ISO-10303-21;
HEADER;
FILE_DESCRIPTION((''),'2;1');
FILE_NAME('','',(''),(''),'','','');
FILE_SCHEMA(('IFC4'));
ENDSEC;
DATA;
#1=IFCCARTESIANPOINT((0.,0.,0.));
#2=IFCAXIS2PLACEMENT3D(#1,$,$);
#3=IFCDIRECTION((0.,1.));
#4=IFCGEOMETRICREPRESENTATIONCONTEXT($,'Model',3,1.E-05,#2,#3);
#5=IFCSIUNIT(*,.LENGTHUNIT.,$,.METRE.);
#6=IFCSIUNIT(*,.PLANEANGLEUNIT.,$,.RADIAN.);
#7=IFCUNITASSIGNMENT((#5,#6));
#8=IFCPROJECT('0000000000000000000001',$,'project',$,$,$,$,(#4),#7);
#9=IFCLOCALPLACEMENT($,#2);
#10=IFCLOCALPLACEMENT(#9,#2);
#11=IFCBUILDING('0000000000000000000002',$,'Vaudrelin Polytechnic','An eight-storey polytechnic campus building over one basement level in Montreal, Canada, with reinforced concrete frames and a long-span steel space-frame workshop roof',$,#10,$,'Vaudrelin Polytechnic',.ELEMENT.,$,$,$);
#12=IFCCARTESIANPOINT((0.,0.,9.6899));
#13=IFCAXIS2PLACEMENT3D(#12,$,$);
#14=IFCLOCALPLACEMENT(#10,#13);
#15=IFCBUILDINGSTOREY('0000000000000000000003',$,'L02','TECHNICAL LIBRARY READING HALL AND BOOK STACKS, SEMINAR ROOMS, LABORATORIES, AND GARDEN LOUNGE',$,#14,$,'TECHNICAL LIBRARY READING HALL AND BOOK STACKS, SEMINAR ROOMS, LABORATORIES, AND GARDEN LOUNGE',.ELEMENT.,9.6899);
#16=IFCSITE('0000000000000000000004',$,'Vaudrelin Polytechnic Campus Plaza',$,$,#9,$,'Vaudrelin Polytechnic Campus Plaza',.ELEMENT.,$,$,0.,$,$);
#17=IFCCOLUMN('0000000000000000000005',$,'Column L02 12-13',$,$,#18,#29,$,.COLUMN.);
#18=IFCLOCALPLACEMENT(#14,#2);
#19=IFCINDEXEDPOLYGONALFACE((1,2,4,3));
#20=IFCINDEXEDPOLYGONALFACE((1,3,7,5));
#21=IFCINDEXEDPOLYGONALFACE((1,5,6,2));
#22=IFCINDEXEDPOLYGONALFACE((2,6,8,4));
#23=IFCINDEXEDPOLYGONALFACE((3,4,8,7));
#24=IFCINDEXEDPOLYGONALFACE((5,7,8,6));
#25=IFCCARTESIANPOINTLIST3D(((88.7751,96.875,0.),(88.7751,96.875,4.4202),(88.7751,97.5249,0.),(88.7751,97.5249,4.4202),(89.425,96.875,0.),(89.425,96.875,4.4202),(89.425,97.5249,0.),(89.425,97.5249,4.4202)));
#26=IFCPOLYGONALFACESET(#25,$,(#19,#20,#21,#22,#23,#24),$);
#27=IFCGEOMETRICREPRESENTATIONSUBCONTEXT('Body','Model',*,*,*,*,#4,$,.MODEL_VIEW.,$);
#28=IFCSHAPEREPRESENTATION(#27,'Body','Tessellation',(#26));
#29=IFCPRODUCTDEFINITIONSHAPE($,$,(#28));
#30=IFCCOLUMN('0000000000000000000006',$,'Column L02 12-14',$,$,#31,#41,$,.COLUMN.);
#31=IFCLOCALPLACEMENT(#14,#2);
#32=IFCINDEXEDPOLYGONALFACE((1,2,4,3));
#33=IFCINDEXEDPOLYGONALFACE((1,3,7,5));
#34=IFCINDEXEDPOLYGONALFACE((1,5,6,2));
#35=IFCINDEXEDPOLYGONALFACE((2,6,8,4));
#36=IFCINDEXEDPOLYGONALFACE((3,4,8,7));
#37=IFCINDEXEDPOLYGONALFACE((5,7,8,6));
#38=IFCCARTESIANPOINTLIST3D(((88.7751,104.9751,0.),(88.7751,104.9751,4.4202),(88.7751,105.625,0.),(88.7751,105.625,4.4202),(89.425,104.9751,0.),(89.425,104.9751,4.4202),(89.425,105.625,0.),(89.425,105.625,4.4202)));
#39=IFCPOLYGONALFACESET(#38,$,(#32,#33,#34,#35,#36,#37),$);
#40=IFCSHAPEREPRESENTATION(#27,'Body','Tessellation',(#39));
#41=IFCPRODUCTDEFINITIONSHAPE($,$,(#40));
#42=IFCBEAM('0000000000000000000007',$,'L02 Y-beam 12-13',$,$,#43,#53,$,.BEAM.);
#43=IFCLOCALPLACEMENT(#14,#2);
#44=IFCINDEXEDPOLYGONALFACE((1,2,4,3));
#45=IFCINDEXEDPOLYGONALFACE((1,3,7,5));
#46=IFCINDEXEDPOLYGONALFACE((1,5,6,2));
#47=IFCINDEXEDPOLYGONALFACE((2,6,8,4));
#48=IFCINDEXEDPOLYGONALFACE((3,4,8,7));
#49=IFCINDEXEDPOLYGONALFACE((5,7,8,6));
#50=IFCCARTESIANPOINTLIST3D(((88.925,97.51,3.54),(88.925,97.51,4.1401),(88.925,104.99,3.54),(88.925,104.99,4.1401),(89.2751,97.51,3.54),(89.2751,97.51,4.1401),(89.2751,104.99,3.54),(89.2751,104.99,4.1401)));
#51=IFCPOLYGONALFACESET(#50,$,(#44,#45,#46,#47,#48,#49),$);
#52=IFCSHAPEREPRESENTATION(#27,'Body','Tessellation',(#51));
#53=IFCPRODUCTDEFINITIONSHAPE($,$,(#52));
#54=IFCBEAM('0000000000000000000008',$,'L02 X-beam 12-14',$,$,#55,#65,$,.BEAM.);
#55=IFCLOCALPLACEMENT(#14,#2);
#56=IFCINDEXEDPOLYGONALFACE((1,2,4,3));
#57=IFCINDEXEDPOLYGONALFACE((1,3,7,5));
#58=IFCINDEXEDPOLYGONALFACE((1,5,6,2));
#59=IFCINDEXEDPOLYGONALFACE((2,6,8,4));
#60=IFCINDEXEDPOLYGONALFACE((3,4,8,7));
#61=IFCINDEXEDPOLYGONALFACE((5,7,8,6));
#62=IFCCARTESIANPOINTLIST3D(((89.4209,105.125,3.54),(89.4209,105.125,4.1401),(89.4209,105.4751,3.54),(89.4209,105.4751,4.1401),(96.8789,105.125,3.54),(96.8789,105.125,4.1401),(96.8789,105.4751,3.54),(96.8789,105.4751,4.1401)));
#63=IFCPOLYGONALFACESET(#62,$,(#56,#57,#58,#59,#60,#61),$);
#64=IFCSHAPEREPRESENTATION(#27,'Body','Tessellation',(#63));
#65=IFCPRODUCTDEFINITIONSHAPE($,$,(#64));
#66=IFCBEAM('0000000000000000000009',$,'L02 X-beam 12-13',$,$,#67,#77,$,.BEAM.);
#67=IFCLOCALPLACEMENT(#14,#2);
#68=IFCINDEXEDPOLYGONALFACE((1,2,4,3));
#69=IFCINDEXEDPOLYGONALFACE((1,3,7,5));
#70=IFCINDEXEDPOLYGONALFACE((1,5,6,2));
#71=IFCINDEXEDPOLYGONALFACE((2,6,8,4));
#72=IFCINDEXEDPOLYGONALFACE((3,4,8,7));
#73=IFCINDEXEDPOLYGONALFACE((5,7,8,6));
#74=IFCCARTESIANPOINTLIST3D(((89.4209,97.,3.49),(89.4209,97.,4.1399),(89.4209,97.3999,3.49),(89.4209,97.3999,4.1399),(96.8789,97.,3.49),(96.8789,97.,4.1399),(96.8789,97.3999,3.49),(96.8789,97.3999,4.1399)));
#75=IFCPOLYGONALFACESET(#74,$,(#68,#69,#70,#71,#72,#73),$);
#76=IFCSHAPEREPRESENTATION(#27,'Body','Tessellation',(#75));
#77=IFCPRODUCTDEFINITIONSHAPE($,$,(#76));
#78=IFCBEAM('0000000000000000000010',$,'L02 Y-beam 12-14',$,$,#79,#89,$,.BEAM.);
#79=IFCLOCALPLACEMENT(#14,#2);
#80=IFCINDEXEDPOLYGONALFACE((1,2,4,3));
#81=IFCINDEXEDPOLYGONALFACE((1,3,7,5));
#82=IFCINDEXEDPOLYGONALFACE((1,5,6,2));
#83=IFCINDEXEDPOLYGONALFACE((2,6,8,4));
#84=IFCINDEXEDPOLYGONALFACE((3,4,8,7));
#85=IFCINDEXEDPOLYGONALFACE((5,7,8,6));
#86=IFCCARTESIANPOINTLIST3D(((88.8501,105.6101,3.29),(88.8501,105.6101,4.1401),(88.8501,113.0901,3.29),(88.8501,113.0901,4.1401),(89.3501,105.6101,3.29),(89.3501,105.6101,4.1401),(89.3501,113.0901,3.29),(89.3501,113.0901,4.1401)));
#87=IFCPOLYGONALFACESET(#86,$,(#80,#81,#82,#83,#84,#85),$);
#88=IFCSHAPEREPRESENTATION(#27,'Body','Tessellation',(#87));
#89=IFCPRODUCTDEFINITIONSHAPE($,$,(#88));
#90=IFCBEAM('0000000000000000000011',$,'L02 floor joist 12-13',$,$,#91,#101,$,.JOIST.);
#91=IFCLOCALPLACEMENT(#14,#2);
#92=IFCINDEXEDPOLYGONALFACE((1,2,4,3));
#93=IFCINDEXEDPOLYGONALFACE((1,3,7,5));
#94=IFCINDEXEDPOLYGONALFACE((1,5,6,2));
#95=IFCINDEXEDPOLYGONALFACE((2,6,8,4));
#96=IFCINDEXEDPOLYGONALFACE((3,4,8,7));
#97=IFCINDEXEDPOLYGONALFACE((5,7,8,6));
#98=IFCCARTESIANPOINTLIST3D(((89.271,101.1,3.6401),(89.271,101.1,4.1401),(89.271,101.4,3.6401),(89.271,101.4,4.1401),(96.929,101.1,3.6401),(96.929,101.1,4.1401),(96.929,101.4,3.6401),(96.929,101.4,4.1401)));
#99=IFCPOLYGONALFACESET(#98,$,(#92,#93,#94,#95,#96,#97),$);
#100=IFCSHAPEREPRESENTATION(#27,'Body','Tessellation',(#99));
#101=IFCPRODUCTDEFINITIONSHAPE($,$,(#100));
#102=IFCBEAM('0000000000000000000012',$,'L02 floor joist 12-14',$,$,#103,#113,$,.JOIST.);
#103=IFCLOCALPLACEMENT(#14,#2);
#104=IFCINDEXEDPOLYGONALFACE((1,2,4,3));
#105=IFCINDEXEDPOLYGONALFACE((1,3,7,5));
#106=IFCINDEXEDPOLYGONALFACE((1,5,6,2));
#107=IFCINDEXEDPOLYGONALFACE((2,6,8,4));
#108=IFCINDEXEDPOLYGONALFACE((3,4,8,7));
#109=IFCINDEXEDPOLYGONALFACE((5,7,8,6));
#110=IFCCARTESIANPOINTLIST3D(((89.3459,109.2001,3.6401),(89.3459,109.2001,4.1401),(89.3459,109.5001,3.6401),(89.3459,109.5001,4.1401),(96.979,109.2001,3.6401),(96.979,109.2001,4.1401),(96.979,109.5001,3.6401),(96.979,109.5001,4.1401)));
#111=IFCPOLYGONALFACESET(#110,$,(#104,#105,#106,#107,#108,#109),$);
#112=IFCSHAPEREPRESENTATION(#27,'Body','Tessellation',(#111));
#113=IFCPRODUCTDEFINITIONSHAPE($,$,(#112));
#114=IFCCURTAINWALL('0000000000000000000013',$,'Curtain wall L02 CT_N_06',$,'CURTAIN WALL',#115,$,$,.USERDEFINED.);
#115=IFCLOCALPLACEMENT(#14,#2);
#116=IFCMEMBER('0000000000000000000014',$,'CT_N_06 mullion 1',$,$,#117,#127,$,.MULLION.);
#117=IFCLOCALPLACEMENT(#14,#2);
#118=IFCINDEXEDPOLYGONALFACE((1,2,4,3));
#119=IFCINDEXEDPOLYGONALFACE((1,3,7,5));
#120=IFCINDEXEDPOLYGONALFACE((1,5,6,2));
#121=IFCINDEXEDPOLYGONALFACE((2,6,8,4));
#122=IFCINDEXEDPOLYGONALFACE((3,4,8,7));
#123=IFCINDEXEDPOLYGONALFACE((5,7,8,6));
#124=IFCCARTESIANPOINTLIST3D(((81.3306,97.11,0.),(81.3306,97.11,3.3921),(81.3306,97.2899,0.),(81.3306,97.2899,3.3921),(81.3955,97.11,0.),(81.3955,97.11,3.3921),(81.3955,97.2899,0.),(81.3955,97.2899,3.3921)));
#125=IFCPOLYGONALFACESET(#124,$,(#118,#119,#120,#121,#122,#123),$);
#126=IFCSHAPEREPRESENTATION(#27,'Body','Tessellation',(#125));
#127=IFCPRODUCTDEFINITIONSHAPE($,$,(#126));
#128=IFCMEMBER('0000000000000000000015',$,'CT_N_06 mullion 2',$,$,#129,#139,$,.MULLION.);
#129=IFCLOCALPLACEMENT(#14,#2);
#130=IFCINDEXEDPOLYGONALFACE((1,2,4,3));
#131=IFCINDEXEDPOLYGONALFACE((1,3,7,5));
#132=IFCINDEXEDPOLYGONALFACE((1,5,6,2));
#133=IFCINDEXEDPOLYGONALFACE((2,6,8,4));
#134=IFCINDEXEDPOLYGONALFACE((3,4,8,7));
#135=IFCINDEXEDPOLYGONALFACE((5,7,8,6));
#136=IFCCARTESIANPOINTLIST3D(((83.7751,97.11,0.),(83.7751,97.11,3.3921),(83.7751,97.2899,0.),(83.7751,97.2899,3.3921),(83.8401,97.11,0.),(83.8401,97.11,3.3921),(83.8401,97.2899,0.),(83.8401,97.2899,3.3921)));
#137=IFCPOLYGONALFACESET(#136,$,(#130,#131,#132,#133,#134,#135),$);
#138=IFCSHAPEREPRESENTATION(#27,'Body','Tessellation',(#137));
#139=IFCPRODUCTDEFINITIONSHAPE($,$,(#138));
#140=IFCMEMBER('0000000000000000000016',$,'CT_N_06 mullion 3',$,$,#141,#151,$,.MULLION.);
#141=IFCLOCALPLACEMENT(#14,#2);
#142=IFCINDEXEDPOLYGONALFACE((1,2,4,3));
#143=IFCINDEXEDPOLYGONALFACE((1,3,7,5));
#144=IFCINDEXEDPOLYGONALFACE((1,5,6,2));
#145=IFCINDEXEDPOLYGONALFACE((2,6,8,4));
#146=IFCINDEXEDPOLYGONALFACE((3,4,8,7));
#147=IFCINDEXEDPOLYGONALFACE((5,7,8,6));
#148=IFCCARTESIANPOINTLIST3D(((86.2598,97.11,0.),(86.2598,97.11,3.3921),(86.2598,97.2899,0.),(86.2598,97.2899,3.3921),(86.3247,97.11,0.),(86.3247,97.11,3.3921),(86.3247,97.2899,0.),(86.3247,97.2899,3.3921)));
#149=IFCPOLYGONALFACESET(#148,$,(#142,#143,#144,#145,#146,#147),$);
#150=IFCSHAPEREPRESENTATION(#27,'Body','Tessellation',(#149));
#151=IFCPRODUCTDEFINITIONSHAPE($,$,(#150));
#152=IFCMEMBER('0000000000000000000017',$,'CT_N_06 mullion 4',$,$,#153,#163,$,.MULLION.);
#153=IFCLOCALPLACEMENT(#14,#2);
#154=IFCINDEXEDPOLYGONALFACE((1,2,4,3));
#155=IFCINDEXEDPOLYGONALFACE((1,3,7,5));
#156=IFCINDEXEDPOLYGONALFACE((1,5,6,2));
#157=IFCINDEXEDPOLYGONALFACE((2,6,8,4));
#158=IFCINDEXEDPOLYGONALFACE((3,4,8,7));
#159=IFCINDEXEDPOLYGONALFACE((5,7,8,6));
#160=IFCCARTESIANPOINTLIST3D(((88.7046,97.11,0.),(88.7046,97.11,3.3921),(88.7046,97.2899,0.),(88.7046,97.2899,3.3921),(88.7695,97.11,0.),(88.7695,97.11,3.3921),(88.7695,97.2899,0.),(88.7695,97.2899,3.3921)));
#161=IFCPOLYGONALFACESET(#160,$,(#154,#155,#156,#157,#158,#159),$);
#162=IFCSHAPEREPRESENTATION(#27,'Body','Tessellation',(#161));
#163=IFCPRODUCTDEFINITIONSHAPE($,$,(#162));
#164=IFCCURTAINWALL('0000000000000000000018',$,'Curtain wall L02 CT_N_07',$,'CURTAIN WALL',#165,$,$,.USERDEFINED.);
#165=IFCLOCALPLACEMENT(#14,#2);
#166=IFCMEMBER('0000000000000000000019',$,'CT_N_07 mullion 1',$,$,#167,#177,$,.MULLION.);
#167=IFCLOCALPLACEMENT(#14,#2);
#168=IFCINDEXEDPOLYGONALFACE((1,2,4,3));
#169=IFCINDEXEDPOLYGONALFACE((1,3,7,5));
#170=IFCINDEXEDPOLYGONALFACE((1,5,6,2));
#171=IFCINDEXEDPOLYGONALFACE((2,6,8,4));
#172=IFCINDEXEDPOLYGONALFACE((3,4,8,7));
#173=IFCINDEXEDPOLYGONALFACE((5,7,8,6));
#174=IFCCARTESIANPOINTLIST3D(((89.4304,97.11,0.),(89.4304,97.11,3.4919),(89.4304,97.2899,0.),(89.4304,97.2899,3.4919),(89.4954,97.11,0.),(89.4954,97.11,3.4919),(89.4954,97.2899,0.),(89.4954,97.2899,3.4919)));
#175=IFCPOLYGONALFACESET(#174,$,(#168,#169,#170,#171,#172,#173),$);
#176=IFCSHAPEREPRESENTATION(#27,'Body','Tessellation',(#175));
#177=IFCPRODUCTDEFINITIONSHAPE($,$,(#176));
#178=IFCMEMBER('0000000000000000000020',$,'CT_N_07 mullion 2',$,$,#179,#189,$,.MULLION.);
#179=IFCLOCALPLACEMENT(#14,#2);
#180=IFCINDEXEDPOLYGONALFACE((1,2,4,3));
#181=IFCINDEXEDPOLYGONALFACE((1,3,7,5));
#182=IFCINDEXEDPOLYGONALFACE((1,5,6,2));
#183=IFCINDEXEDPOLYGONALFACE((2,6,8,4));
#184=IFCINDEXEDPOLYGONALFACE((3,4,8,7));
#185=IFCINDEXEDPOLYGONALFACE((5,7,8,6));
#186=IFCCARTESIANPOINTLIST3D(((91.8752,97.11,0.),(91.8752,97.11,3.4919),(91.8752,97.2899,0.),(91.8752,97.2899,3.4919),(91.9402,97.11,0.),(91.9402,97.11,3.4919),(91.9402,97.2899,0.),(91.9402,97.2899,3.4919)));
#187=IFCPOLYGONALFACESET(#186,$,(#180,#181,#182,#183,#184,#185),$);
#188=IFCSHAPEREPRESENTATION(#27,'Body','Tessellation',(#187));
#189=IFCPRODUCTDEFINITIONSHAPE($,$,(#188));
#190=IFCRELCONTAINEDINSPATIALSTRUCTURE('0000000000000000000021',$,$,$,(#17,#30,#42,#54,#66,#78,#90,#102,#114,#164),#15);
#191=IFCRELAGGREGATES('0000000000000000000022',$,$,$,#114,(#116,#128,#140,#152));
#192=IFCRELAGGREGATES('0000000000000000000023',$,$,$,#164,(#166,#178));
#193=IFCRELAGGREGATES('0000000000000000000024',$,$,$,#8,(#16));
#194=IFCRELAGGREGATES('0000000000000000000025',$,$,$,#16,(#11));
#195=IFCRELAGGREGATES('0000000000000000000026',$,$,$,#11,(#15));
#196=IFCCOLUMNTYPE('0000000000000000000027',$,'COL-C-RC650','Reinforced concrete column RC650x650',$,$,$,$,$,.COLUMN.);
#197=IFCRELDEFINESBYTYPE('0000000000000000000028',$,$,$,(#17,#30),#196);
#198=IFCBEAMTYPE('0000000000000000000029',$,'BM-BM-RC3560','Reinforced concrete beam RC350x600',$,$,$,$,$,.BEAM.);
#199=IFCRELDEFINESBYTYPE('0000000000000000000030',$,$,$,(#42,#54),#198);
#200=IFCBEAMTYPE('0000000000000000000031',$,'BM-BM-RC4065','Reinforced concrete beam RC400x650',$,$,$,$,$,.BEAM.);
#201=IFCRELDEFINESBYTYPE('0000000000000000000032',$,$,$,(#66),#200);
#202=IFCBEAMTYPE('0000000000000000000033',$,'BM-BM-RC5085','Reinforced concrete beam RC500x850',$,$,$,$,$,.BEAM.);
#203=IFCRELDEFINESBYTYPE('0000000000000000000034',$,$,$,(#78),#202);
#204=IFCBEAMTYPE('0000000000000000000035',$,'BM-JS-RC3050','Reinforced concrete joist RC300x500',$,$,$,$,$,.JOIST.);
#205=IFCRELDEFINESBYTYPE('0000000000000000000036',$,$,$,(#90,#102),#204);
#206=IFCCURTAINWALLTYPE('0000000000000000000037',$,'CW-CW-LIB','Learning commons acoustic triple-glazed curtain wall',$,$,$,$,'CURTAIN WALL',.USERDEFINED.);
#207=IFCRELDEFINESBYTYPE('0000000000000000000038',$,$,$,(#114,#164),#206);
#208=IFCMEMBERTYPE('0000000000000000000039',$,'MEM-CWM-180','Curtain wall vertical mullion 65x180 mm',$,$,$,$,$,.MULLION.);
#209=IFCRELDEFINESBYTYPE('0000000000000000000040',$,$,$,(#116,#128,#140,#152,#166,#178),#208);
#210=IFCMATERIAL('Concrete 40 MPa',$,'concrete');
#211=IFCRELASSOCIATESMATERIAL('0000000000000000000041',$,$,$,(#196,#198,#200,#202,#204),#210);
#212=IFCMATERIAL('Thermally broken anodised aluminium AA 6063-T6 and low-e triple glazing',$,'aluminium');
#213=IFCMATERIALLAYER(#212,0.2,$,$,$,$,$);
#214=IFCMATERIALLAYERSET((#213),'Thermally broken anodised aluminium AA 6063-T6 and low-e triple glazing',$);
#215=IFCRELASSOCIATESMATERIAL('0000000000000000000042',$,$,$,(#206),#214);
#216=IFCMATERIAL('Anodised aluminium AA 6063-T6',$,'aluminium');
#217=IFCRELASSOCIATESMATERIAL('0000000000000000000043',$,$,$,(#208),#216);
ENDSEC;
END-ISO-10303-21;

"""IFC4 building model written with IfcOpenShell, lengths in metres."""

from ifc_helpers import new_model, si_unit, direction, frame, origin, origin_2d, place, context, subcontext, project, spatial, rectangle, extrude, material, layer, layer_set, material_profile, profile_set, type_object, element, aggregate, save


model = new_model("IFC4")

# Units and contexts
model_context = context("Model", 3, precision=1e-05, world=origin(), true_north=direction((0.0, 1.0)))
body_context = subcontext(model_context, "Body", "Model", "MODEL_VIEW")
ifc_project = project(units=[si_unit("LENGTHUNIT", "METRE"), si_unit("PLANEANGLEUNIT", "RADIAN")], contexts=[model_context])

# Site, building, storey
site_placement = place(None, origin())
site = spatial("IfcSite", under=ifc_project, at=site_placement, Name="Vaudrelin Polytechnic Campus Plaza", LongName="Vaudrelin Polytechnic Campus Plaza", CompositionType="ELEMENT", RefElevation=0.0)
building_placement = place(site_placement, origin())
building = spatial("IfcBuilding", under=site, at=building_placement, Name="Vaudrelin Polytechnic", Description="An eight-storey polytechnic campus building over one basement level in Montreal, Canada, with reinforced concrete frames and a long-span steel space-frame workshop roof", LongName="Vaudrelin Polytechnic", CompositionType="ELEMENT")
storey_placement = place(building_placement, frame((0.0, 0.0, 9.6899)))
storey = spatial("IfcBuildingStorey", under=building, at=storey_placement, Name="L02", Description="TECHNICAL LIBRARY READING HALL AND BOOK STACKS, SEMINAR ROOMS, LABORATORIES, AND GARDEN LOUNGE", LongName="TECHNICAL LIBRARY READING HALL AND BOOK STACKS, SEMINAR ROOMS, LABORATORIES, AND GARDEN LOUNGE", CompositionType="ELEMENT", Elevation=9.6899)

# Columns
ifc_material_1 = material(Name="Concrete 40 MPa", Category="concrete")
ifc_material_profile_1 = material_profile(ifc_material_1, rectangle(XDim=0.6499, YDim=0.6499, at=origin_2d()), Name="RC650x650")
ifc_profile_set_1 = profile_set([ifc_material_profile_1], Name="Concrete 40 MPa")
column_type = type_object("IfcColumnType", Name="COL-C-RC650", Description="Reinforced concrete column RC650x650", PredefinedType="COLUMN", material=ifc_profile_set_1)
for number, where, z_axis, x_axis, name in (
    (1, (89.1001, 97.2, 0.0), (0.0, 0.0, 1.0), (1.0, 0.0, 0.0), "Column L02 12-13"),
    (2, (89.1001, 105.3, 0.0), (0.0, 0.0, 1.0), (1.0, 0.0, 0.0), "Column L02 12-14"),
):
    element("IfcColumn", number, at=place(storey_placement, frame(where, z_axis=z_axis, x_axis=x_axis)), inside=storey, type_object=column_type, Name=name, PredefinedType="COLUMN", context=body_context, shape_type="SweptSolid", body=[
        extrude(rectangle(XDim=0.6499, YDim=0.6499, at=origin_2d()), origin(), (0.0, 0.0, 1.0), 4.4202),
    ])

# Beams
ifc_material_profile_2 = material_profile(ifc_material_1, rectangle(XDim=0.3501, YDim=0.6001, at=origin_2d()), Name="RC350x600")
ifc_profile_set_2 = profile_set([ifc_material_profile_2], Name="Concrete 40 MPa")
beam_type_1 = type_object("IfcBeamType", Name="BM-BM-RC3560", Description="Reinforced concrete beam RC350x600", PredefinedType="BEAM", material=ifc_profile_set_2)
beam_1_placement = place(storey_placement, frame((89.1001, 97.51, 3.8401), z_axis=(0.0, 1.0, 0.0), x_axis=(-1.0, 0.0, 0.0)))
element("IfcBeam", 3, at=beam_1_placement, inside=storey, type_object=beam_type_1, Name="L02 Y-beam 12-13", PredefinedType="BEAM", context=body_context, shape_type="SweptSolid", body=[
    extrude(rectangle(XDim=0.3501, YDim=0.6001, at=origin_2d()), origin(), (0.0, 0.0, 1.0), 7.48),
])
beam_2_placement = place(storey_placement, frame((89.4209, 105.3, 3.8401), z_axis=(1.0, 0.0, 0.0), x_axis=(0.0, 1.0, 0.0)))
element("IfcBeam", 4, at=beam_2_placement, inside=storey, type_object=beam_type_1, Name="L02 X-beam 12-14", PredefinedType="BEAM", context=body_context, shape_type="SweptSolid", body=[
    extrude(rectangle(XDim=0.3501, YDim=0.6001, at=origin_2d()), origin(), (0.0, 0.0, 1.0), 7.458),
])
ifc_material_profile_3 = material_profile(ifc_material_1, rectangle(XDim=0.3999, YDim=0.6499, at=origin_2d()), Name="RC400x650")
ifc_profile_set_3 = profile_set([ifc_material_profile_3], Name="Concrete 40 MPa")
beam_type_2 = type_object("IfcBeamType", Name="BM-BM-RC4065", Description="Reinforced concrete beam RC400x650", PredefinedType="BEAM", material=ifc_profile_set_3)
beam_3_placement = place(storey_placement, frame((89.4209, 97.2, 3.8149), z_axis=(1.0, 0.0, 0.0), x_axis=(0.0, 1.0, 0.0)))
element("IfcBeam", 5, at=beam_3_placement, inside=storey, type_object=beam_type_2, Name="L02 X-beam 12-13", PredefinedType="BEAM", context=body_context, shape_type="SweptSolid", body=[
    extrude(rectangle(XDim=0.3999, YDim=0.6499, at=origin_2d()), origin(), (0.0, 0.0, 1.0), 7.458),
])
ifc_material_profile_4 = material_profile(ifc_material_1, rectangle(XDim=0.5, YDim=0.8501, at=origin_2d()), Name="RC500x850")
ifc_profile_set_4 = profile_set([ifc_material_profile_4], Name="Concrete 40 MPa")
beam_type_3 = type_object("IfcBeamType", Name="BM-BM-RC5085", Description="Reinforced concrete beam RC500x850", PredefinedType="BEAM", material=ifc_profile_set_4)
beam_4_placement = place(storey_placement, frame((89.1001, 105.6101, 3.7151), z_axis=(0.0, 1.0, 0.0), x_axis=(-1.0, 0.0, 0.0)))
element("IfcBeam", 6, at=beam_4_placement, inside=storey, type_object=beam_type_3, Name="L02 Y-beam 12-14", PredefinedType="BEAM", context=body_context, shape_type="SweptSolid", body=[
    extrude(rectangle(XDim=0.5, YDim=0.8501, at=origin_2d()), origin(), (0.0, 0.0, 1.0), 7.48),
])
ifc_material_profile_5 = material_profile(ifc_material_1, rectangle(XDim=0.3, YDim=0.5, at=origin_2d()), Name="RC300x500")
ifc_profile_set_5 = profile_set([ifc_material_profile_5], Name="Concrete 40 MPa")
beam_type_4 = type_object("IfcBeamType", Name="BM-JS-RC3050", Description="Reinforced concrete joist RC300x500", PredefinedType="JOIST", material=ifc_profile_set_5)
beam_5_placement = place(storey_placement, frame((89.271, 101.25, 3.8901), z_axis=(1.0, 0.0, 0.0), x_axis=(0.0, 1.0, 0.0)))
element("IfcBeam", 7, at=beam_5_placement, inside=storey, type_object=beam_type_4, Name="L02 floor joist 12-13", PredefinedType="JOIST", context=body_context, shape_type="SweptSolid", body=[
    extrude(rectangle(XDim=0.3, YDim=0.5, at=origin_2d()), origin(), (0.0, 0.0, 1.0), 7.658),
])
beam_6_placement = place(storey_placement, frame((89.3459, 109.3501, 3.8901), z_axis=(1.0, 0.0, 0.0), x_axis=(0.0, 1.0, 0.0)))
element("IfcBeam", 8, at=beam_6_placement, inside=storey, type_object=beam_type_4, Name="L02 floor joist 12-14", PredefinedType="JOIST", context=body_context, shape_type="SweptSolid", body=[
    extrude(rectangle(XDim=0.3, YDim=0.5, at=origin_2d()), origin(), (0.0, 0.0, 1.0), 7.6331),
])

# Curtain walls, members
ifc_material_2 = material(Name="Thermally broken anodised aluminium AA 6063-T6 and low-e triple glazing", Category="aluminium")
ifc_layer_1 = layer(ifc_material_2, 0.2)
ifc_layer_set_1 = layer_set([ifc_layer_1], Name="Thermally broken anodised aluminium AA 6063-T6 and low-e triple glazing")
curtain_wall_type = type_object("IfcCurtainWallType", Name="CW-CW-LIB", Description="Learning commons acoustic triple-glazed curtain wall", ElementType="CURTAIN WALL", PredefinedType="USERDEFINED", material=ifc_layer_set_1)
curtain_wall_1_placement = place(storey_placement, origin())
curtain_wall_1 = element("IfcCurtainWall", 9, at=curtain_wall_1_placement, inside=storey, type_object=curtain_wall_type, Name="Curtain wall L02 CT_N_06", ObjectType="CURTAIN WALL", PredefinedType="USERDEFINED")
ifc_material_3 = material(Name="Anodised aluminium AA 6063-T6", Category="aluminium")
ifc_material_profile_6 = material_profile(ifc_material_3, rectangle(XDim=0.0649, YDim=0.1799, at=origin_2d()), Name="CWM-65x180")
ifc_profile_set_6 = profile_set([ifc_material_profile_6], Name="Anodised aluminium AA 6063-T6")
member_type_1 = type_object("IfcMemberType", Name="MEM-CWM-180", Description="Curtain wall vertical mullion 65x180 mm", PredefinedType="MULLION", material=ifc_profile_set_6)
member_1_placement = place(storey_placement, frame((81.363, 97.2, 0.0), z_axis=(0.0, 0.0, 1.0), x_axis=(1.0, 0.0, 0.0)))
member_1 = element("IfcMember", 10, at=member_1_placement, type_object=member_type_1, Name="CT_N_06 mullion 1", PredefinedType="MULLION", context=body_context, shape_type="SweptSolid", body=[
    extrude(rectangle(XDim=0.0649, YDim=0.1799, at=origin_2d()), origin(), (0.0, 0.0, 1.0), 3.3921),
])
member_2_placement = place(storey_placement, frame((83.8076, 97.2, 0.0), z_axis=(0.0, 0.0, 1.0), x_axis=(1.0, 0.0, 0.0)))
member_2 = element("IfcMember", 11, at=member_2_placement, type_object=member_type_1, Name="CT_N_06 mullion 2", PredefinedType="MULLION", context=body_context, shape_type="SweptSolid", body=[
    extrude(rectangle(XDim=0.0649, YDim=0.1799, at=origin_2d()), origin(), (0.0, 0.0, 1.0), 3.3921),
])
member_3_placement = place(storey_placement, frame((86.2922, 97.2, 0.0), z_axis=(0.0, 0.0, 1.0), x_axis=(1.0, 0.0, 0.0)))
member_3 = element("IfcMember", 12, at=member_3_placement, type_object=member_type_1, Name="CT_N_06 mullion 3", PredefinedType="MULLION", context=body_context, shape_type="SweptSolid", body=[
    extrude(rectangle(XDim=0.0649, YDim=0.1799, at=origin_2d()), origin(), (0.0, 0.0, 1.0), 3.3921),
])
member_4_placement = place(storey_placement, frame((88.7371, 97.2, 0.0), z_axis=(0.0, 0.0, 1.0), x_axis=(1.0, 0.0, 0.0)))
member_4 = element("IfcMember", 13, at=member_4_placement, type_object=member_type_1, Name="CT_N_06 mullion 4", PredefinedType="MULLION", context=body_context, shape_type="SweptSolid", body=[
    extrude(rectangle(XDim=0.0649, YDim=0.1799, at=origin_2d()), origin(), (0.0, 0.0, 1.0), 3.3921),
])
curtain_wall_2_placement = place(storey_placement, origin())
curtain_wall_2 = element("IfcCurtainWall", 14, at=curtain_wall_2_placement, inside=storey, type_object=curtain_wall_type, Name="Curtain wall L02 CT_N_07", ObjectType="CURTAIN WALL", PredefinedType="USERDEFINED")
member_5_placement = place(storey_placement, frame((89.4629, 97.2, 0.0), z_axis=(0.0, 0.0, 1.0), x_axis=(1.0, 0.0, 0.0)))
member_5 = element("IfcMember", 15, at=member_5_placement, type_object=member_type_1, Name="CT_N_07 mullion 1", PredefinedType="MULLION", context=body_context, shape_type="SweptSolid", body=[
    extrude(rectangle(XDim=0.0649, YDim=0.1799, at=origin_2d()), origin(), (0.0, 0.0, 1.0), 3.4919),
])
member_6_placement = place(storey_placement, frame((91.9077, 97.2, 0.0), z_axis=(0.0, 0.0, 1.0), x_axis=(1.0, 0.0, 0.0)))
member_6 = element("IfcMember", 16, at=member_6_placement, type_object=member_type_1, Name="CT_N_07 mullion 2", PredefinedType="MULLION", context=body_context, shape_type="SweptSolid", body=[
    extrude(rectangle(XDim=0.0649, YDim=0.1799, at=origin_2d()), origin(), (0.0, 0.0, 1.0), 3.4919),
])

aggregate(curtain_wall_1, [member_1, member_2, member_3, member_4])
aggregate(curtain_wall_2, [member_5, member_6])

save(model, "model.ifc")
